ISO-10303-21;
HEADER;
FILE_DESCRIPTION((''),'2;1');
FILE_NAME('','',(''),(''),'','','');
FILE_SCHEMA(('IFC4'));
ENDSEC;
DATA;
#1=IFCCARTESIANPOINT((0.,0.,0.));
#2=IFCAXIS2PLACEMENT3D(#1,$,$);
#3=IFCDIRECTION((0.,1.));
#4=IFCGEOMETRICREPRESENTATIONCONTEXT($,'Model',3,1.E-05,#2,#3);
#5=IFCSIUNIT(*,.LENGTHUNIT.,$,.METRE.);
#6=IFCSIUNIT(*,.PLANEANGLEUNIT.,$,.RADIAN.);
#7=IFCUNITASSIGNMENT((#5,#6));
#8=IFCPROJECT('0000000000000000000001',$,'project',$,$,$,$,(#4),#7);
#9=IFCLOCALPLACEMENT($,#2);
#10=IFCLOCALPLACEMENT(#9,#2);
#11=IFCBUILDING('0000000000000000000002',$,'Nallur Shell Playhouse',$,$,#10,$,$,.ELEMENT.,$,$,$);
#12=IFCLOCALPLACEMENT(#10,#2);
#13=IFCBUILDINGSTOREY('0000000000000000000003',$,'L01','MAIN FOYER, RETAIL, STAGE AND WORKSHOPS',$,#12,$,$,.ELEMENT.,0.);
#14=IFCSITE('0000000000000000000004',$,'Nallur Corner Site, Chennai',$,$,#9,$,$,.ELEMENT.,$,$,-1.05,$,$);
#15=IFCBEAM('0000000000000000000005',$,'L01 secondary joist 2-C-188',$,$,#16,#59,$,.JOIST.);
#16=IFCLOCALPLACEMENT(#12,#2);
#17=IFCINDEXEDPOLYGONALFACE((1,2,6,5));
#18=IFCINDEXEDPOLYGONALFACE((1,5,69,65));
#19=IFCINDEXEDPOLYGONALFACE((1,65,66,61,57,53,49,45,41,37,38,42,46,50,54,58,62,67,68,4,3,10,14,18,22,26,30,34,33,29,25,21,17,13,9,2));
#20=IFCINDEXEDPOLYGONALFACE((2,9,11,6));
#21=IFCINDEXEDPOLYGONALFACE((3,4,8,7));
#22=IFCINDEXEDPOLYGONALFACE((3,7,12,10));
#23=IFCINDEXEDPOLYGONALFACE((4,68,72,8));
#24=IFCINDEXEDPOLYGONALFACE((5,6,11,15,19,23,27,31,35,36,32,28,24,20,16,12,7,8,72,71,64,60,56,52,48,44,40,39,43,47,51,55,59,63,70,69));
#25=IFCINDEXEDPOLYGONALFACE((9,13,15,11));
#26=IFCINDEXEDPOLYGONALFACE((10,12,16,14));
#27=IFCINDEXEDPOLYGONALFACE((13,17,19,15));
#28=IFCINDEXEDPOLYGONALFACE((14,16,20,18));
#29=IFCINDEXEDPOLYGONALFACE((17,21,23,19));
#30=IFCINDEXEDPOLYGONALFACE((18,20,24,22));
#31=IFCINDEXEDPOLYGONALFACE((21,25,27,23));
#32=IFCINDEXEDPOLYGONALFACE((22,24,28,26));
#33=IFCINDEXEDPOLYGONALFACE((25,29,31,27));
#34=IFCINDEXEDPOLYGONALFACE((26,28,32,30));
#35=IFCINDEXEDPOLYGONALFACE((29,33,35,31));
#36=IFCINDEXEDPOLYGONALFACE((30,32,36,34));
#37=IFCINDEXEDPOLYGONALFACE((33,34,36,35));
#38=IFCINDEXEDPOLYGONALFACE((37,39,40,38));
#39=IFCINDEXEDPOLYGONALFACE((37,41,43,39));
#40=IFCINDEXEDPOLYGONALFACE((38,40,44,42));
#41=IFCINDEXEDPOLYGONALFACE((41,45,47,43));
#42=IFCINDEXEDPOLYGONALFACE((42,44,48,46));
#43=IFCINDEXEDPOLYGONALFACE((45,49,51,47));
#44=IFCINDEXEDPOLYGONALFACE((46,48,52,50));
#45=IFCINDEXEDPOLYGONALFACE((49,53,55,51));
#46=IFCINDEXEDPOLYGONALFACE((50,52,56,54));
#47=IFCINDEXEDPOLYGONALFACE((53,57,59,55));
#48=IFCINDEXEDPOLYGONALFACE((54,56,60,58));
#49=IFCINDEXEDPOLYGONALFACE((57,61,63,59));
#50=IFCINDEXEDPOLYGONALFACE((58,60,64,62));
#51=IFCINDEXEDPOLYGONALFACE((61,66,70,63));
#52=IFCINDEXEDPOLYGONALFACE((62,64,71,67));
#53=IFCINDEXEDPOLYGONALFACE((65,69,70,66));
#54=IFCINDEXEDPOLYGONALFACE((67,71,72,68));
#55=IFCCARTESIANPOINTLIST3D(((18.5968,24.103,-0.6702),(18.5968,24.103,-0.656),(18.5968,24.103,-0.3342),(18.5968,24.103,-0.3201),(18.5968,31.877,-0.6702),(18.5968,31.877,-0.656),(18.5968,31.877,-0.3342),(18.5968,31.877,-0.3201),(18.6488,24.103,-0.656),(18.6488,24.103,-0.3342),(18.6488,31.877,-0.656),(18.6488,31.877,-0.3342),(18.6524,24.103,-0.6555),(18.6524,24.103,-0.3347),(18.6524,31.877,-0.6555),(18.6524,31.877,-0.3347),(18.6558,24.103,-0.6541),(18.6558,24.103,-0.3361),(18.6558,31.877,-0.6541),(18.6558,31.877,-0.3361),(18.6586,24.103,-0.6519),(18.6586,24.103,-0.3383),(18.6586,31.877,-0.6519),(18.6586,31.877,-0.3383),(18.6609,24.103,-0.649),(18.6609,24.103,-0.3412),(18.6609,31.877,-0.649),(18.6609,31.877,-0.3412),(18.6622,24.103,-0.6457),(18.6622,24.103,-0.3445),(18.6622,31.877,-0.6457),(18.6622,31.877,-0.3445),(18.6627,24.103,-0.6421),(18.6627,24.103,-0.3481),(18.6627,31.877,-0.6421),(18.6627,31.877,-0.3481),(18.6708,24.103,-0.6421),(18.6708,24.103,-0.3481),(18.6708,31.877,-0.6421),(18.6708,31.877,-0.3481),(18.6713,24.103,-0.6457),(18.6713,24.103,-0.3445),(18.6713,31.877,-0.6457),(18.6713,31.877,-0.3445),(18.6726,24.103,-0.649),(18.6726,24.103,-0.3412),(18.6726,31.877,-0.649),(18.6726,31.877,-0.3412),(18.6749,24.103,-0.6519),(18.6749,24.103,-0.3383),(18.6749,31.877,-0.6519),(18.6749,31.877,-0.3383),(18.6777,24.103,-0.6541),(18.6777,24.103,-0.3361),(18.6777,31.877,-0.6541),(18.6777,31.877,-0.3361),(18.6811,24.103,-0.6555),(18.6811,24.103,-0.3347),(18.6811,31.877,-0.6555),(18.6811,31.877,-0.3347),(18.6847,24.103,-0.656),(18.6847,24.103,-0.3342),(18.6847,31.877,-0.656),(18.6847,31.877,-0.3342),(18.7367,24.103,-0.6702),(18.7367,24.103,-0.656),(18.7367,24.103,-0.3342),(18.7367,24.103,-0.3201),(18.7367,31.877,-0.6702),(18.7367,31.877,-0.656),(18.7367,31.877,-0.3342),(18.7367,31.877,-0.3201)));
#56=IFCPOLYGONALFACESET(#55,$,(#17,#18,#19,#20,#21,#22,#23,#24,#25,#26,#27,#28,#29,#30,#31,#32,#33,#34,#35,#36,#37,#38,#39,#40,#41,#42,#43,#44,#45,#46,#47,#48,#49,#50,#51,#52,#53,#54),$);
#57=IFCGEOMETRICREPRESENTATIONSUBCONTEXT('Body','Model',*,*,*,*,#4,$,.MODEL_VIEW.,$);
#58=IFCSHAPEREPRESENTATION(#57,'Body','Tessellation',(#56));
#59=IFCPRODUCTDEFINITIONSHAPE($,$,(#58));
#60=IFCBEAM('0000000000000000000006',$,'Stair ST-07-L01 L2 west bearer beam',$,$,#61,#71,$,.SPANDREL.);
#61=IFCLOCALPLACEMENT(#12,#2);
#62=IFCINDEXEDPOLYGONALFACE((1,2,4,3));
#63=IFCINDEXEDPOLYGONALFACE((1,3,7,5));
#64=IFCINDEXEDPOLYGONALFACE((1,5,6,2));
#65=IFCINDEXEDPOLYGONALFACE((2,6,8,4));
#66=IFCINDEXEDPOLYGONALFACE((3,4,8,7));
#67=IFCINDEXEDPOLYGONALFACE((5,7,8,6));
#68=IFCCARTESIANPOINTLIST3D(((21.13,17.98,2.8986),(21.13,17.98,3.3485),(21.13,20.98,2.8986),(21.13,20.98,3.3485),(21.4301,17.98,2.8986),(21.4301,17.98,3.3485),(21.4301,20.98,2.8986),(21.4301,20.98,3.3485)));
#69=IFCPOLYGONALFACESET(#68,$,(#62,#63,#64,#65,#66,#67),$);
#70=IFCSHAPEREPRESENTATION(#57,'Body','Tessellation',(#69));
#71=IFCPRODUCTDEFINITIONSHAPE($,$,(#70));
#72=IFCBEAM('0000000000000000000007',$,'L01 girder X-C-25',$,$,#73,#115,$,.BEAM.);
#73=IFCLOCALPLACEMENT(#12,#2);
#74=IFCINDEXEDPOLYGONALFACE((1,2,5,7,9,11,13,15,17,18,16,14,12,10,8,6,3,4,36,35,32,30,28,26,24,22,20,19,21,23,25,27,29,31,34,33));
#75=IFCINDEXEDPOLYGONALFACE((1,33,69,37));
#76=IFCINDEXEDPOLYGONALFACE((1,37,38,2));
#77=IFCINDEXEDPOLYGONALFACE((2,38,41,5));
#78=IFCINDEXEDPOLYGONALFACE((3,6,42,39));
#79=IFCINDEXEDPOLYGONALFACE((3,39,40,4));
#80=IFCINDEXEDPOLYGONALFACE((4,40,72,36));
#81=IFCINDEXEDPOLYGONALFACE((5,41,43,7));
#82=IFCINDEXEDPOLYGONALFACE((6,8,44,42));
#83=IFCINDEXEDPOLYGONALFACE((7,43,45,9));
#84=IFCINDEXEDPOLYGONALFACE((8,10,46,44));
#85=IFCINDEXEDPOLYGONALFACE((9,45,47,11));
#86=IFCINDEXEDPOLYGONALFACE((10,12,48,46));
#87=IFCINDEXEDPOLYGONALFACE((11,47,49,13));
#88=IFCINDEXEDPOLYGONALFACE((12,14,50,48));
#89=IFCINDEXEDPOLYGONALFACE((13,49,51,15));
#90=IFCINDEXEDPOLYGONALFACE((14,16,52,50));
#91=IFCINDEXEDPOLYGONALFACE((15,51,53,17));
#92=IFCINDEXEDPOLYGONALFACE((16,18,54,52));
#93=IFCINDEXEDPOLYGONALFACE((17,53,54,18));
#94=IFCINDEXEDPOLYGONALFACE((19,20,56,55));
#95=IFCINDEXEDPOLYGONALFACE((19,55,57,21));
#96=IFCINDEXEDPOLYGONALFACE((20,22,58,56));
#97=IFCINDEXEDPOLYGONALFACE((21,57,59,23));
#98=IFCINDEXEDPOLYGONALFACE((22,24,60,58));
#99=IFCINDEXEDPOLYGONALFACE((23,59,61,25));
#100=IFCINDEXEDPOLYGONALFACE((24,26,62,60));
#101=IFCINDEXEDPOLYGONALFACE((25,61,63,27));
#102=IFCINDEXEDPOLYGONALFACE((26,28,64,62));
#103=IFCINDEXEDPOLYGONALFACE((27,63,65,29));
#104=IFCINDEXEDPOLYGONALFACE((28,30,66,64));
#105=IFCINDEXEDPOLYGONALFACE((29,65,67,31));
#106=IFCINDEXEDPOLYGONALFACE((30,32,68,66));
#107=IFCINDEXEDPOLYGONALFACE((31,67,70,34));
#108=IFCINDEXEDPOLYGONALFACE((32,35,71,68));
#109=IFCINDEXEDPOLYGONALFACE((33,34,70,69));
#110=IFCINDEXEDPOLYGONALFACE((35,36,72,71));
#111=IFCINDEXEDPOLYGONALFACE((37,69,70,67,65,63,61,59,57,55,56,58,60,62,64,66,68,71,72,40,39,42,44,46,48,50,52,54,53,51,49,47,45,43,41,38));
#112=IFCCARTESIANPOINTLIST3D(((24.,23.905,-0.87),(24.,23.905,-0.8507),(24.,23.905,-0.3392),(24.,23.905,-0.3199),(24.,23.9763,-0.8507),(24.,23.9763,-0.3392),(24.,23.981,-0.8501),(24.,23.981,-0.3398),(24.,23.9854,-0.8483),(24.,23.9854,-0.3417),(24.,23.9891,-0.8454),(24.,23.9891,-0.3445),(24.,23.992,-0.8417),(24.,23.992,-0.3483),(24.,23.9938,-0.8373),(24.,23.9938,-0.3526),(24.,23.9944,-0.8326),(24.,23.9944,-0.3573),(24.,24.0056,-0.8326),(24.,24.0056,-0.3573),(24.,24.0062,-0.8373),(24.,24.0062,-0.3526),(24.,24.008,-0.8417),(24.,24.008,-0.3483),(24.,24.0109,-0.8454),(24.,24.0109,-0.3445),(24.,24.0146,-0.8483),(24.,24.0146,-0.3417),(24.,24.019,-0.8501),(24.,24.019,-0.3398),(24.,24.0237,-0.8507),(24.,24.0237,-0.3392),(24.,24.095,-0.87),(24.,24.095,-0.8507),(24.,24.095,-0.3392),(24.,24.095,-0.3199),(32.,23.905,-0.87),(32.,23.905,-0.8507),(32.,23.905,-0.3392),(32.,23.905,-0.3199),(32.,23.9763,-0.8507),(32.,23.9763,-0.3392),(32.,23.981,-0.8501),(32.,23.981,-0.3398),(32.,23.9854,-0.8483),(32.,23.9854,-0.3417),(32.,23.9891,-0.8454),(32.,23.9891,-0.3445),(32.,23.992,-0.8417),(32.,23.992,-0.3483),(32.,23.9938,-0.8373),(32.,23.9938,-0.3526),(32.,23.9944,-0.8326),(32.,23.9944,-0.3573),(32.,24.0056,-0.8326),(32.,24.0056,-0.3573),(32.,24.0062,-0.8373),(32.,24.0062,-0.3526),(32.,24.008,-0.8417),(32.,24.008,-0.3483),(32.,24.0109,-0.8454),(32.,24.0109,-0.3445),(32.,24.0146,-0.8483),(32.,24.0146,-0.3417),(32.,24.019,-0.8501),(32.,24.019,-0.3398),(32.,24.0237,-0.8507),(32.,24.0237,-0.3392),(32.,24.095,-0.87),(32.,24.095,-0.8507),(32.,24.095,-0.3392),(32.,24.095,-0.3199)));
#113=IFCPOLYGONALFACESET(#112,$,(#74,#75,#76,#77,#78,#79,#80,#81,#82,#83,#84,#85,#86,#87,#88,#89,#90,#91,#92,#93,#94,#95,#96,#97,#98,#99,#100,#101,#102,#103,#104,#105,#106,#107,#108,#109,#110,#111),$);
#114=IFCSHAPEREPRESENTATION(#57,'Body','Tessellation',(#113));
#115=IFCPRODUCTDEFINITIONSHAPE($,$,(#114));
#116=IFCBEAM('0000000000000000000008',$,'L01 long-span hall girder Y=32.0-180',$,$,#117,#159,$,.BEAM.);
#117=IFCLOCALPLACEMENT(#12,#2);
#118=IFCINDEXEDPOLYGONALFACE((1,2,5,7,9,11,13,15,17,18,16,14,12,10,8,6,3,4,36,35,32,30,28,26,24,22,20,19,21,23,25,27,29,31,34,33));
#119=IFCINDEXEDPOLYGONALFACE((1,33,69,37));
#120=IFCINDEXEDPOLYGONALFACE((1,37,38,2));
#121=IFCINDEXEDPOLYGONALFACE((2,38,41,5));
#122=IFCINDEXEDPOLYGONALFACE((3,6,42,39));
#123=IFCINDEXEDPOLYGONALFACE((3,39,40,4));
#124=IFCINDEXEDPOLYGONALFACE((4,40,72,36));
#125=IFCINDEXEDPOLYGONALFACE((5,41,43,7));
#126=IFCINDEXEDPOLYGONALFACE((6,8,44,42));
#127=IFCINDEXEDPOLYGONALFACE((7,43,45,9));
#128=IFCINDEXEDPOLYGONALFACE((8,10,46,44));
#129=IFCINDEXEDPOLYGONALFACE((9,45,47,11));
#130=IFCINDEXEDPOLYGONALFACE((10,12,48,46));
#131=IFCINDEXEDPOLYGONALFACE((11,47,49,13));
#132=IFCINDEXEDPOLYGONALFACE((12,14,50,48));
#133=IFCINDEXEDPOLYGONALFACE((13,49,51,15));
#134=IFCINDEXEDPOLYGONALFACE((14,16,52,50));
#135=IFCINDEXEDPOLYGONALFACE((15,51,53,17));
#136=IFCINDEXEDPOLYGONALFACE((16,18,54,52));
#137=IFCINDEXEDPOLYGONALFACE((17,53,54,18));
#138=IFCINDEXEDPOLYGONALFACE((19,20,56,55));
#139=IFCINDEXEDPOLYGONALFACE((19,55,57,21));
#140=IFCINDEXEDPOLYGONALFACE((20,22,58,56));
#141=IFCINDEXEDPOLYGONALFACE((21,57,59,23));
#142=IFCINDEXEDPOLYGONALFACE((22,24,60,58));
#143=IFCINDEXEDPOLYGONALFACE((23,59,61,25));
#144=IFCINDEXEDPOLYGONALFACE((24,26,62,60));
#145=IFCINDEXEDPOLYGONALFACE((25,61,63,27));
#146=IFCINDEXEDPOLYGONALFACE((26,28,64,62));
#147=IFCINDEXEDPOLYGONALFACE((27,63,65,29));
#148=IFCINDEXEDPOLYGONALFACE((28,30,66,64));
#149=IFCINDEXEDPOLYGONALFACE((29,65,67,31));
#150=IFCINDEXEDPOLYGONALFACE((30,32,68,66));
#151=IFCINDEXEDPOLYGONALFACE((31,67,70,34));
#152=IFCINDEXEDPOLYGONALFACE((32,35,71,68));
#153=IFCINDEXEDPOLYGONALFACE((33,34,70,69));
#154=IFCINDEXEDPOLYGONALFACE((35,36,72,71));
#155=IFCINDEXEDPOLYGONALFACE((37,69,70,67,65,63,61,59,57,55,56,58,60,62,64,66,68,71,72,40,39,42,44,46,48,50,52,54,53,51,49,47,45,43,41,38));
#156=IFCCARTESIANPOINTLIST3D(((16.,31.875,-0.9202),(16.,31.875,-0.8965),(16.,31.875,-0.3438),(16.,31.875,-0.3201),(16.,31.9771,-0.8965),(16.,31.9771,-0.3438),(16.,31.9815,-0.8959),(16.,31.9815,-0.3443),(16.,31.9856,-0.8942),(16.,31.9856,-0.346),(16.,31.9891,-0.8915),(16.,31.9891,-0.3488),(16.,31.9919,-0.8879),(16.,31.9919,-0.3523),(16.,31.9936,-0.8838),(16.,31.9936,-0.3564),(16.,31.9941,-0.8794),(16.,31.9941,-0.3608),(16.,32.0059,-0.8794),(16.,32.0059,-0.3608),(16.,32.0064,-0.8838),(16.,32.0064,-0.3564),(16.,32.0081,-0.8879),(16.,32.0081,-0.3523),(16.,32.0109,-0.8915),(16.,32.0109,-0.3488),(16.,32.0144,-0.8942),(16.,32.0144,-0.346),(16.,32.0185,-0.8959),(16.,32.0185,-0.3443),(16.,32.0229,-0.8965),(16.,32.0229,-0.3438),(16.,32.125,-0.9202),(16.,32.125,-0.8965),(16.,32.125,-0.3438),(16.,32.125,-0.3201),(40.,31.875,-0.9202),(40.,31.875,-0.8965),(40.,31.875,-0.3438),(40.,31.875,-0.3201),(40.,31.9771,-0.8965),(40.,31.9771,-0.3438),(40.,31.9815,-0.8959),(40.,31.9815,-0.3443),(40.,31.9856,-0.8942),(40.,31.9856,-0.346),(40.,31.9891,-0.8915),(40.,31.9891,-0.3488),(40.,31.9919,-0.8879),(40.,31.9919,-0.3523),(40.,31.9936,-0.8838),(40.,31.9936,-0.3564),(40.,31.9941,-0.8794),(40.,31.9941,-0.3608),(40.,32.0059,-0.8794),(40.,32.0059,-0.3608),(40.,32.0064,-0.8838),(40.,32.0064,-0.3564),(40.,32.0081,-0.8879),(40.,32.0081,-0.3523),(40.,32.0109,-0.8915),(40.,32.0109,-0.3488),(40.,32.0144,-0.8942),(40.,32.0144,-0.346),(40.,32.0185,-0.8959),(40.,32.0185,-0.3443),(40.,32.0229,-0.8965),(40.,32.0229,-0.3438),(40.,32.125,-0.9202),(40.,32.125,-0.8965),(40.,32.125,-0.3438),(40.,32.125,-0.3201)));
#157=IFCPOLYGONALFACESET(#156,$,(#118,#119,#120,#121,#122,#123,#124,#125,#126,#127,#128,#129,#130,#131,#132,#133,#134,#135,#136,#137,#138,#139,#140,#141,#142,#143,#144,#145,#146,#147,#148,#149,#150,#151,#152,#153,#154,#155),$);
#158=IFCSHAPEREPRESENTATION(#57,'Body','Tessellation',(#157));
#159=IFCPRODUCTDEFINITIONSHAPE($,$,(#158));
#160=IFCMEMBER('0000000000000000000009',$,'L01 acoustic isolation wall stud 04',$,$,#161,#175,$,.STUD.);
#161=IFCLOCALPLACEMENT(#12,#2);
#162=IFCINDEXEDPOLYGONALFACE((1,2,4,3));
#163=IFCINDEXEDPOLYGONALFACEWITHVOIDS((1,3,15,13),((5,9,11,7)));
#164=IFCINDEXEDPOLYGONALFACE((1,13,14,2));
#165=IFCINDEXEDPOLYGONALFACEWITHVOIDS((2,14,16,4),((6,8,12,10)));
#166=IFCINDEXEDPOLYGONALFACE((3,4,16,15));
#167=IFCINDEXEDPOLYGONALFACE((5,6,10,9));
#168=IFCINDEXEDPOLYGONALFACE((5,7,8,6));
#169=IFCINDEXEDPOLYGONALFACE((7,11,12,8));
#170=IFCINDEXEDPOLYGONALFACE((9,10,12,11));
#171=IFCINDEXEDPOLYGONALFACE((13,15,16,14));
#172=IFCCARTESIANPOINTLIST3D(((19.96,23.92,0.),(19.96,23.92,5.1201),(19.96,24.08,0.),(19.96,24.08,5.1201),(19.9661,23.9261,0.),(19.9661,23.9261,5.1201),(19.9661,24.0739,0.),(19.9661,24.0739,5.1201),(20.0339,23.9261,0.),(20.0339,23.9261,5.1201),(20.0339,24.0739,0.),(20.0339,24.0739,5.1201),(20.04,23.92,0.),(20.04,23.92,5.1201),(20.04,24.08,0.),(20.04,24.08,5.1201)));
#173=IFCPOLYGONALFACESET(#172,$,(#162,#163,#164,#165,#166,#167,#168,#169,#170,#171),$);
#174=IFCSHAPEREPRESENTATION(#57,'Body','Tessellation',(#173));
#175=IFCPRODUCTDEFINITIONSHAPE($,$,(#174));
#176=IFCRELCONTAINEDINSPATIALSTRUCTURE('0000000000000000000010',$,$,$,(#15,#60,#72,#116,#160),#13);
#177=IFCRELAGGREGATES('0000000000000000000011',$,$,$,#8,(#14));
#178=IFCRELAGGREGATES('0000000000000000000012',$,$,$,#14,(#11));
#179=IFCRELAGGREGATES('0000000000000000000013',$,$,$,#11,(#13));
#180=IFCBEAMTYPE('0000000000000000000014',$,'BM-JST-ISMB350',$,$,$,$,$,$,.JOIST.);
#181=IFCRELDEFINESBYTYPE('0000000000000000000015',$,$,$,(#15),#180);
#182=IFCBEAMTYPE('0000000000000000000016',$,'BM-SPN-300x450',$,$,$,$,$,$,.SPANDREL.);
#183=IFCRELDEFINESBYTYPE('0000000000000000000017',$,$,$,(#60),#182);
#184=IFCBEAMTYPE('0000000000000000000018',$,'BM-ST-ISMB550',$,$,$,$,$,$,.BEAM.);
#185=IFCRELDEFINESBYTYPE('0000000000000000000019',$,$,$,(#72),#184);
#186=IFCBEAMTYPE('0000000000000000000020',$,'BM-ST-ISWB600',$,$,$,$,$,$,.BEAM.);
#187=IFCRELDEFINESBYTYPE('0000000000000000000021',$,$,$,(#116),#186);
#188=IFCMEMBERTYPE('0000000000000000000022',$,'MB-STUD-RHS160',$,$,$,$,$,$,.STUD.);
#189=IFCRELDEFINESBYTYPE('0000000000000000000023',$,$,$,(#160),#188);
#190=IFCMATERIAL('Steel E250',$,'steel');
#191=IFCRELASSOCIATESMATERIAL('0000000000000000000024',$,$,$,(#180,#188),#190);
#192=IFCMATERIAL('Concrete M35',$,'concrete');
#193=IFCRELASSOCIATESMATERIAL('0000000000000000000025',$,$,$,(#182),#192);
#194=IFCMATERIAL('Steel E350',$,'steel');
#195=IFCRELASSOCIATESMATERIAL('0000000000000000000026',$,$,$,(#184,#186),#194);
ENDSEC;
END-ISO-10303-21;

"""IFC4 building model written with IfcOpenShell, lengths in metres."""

from ifc_helpers import new_model, si_unit, direction, frame, origin, origin_2d, place, context, subcontext, project, spatial, rectangle, hollow_rectangle, i_section, extrude, material, material_profile, profile_set, type_object, element, save


model = new_model("IFC4")

# Units and contexts
model_context = context("Model", 3, precision=1e-05, world=origin(), true_north=direction((0.0, 1.0)))
body_context = subcontext(model_context, "Body", "Model", "MODEL_VIEW")
ifc_project = project(units=[si_unit("LENGTHUNIT", "METRE"), si_unit("PLANEANGLEUNIT", "RADIAN")], contexts=[model_context])

# Site, building, storey
site_placement = place(None, origin())
site = spatial("IfcSite", under=ifc_project, at=site_placement, Name="Nallur Corner Site, Chennai", CompositionType="ELEMENT", RefElevation=-1.05)
building_placement = place(site_placement, origin())
building = spatial("IfcBuilding", under=site, at=building_placement, Name="Nallur Shell Playhouse", CompositionType="ELEMENT")
storey_placement = place(building_placement, origin())
storey = spatial("IfcBuildingStorey", under=building, at=storey_placement, Name="L01", Description="MAIN FOYER, RETAIL, STAGE AND WORKSHOPS", CompositionType="ELEMENT", Elevation=0.0)

# Beams
ifc_material_1 = material(Name="Steel E250", Category="steel")
ifc_material_profile_1 = material_profile(ifc_material_1, i_section(OverallWidth=0.1399, OverallDepth=0.3501, WebThickness=0.0081, FlangeThickness=0.0142, FilletRadius=0.0139, at=origin_2d()), Name="ISMB 350")
ifc_profile_set_1 = profile_set([ifc_material_profile_1], Name="Steel E250")
beam_type_1 = type_object("IfcBeamType", Name="BM-JST-ISMB350", PredefinedType="JOIST", material=ifc_profile_set_1)
beam_1_placement = place(storey_placement, frame((18.6667, 24.103, -0.4951), z_axis=(0.0, 1.0, 0.0), x_axis=(-1.0, 0.0, 0.0)))
element("IfcBeam", 1, at=beam_1_placement, inside=storey, type_object=beam_type_1, Name="L01 secondary joist 2-C-188", PredefinedType="JOIST", context=body_context, shape_type="SweptSolid", body=[
    extrude(i_section(OverallWidth=0.1399, OverallDepth=0.3501, WebThickness=0.0081, FlangeThickness=0.0142, FilletRadius=0.0139, at=origin_2d()), origin(), (0.0, 0.0, 1.0), 7.7739),
])
ifc_material_2 = material(Name="Concrete M35", Category="concrete")
ifc_material_profile_2 = material_profile(ifc_material_2, rectangle(XDim=0.3, YDim=0.45, at=origin_2d()), Name="RC 300x450")
ifc_profile_set_2 = profile_set([ifc_material_profile_2], Name="Concrete M35")
beam_type_2 = type_object("IfcBeamType", Name="BM-SPN-300x450", PredefinedType="SPANDREL", material=ifc_profile_set_2)
beam_2_placement = place(storey_placement, frame((21.28, 17.98, 3.1235), z_axis=(0.0, 1.0, 0.0), x_axis=(-1.0, 0.0, 0.0)))
element("IfcBeam", 2, at=beam_2_placement, inside=storey, type_object=beam_type_2, Name="Stair ST-07-L01 L2 west bearer beam", PredefinedType="SPANDREL", context=body_context, shape_type="SweptSolid", body=[
    extrude(rectangle(XDim=0.3, YDim=0.45, at=origin_2d()), origin(), (0.0, 0.0, 1.0), 3.0),
])
ifc_material_3 = material(Name="Steel E350", Category="steel")
ifc_material_profile_3 = material_profile(ifc_material_3, i_section(OverallWidth=0.1899, OverallDepth=0.55, WebThickness=0.0112, FlangeThickness=0.0193, FilletRadius=0.0181, at=origin_2d()), Name="ISMB 550")
ifc_profile_set_3 = profile_set([ifc_material_profile_3], Name="Steel E350")
beam_type_3 = type_object("IfcBeamType", Name="BM-ST-ISMB550", PredefinedType="BEAM", material=ifc_profile_set_3)
beam_3_placement = place(storey_placement, frame((24.0, 24.0, -0.595), z_axis=(1.0, 0.0, 0.0), x_axis=(0.0, 1.0, 0.0)))
element("IfcBeam", 3, at=beam_3_placement, inside=storey, type_object=beam_type_3, Name="L01 girder X-C-25", PredefinedType="BEAM", context=body_context, shape_type="SweptSolid", body=[
    extrude(i_section(OverallWidth=0.1899, OverallDepth=0.55, WebThickness=0.0112, FlangeThickness=0.0193, FilletRadius=0.0181, at=origin_2d()), origin(), (0.0, 0.0, 1.0), 8.0),
])
ifc_material_profile_4 = material_profile(ifc_material_3, i_section(OverallWidth=0.25, OverallDepth=0.6001, WebThickness=0.0117, FlangeThickness=0.0237, FilletRadius=0.0171, at=origin_2d()), Name="ISWB 600")
ifc_profile_set_4 = profile_set([ifc_material_profile_4], Name="Steel E350")
beam_type_4 = type_object("IfcBeamType", Name="BM-ST-ISWB600", PredefinedType="BEAM", material=ifc_profile_set_4)
beam_4_placement = place(storey_placement, frame((16.0, 32.0, -0.6201), z_axis=(1.0, 0.0, 0.0), x_axis=(0.0, 1.0, 0.0)))
element("IfcBeam", 4, at=beam_4_placement, inside=storey, type_object=beam_type_4, Name="L01 long-span hall girder Y=32.0-180", PredefinedType="BEAM", context=body_context, shape_type="SweptSolid", body=[
    extrude(i_section(OverallWidth=0.25, OverallDepth=0.6001, WebThickness=0.0117, FlangeThickness=0.0237, FilletRadius=0.0171, at=origin_2d()), origin(), (0.0, 0.0, 1.0), 24.0),
])

# Member
ifc_material_profile_5 = material_profile(ifc_material_1, hollow_rectangle(XDim=0.0801, YDim=0.1599, WallThickness=0.0061, at=origin_2d()), Name="RHS 160x80x6")
ifc_profile_set_5 = profile_set([ifc_material_profile_5], Name="Steel E250")
member_type = type_object("IfcMemberType", Name="MB-STUD-RHS160", PredefinedType="STUD", material=ifc_profile_set_5)
for number, where, z_axis, x_axis, name in (
    (5, (20.0, 24.0, 0.0), (0.0, 0.0, 1.0), (1.0, 0.0, 0.0), "L01 acoustic isolation wall stud 04"),
):
    element("IfcMember", number, at=place(storey_placement, frame(where, z_axis=z_axis, x_axis=x_axis)), inside=storey, type_object=member_type, Name=name, PredefinedType="STUD", context=body_context, shape_type="SweptSolid", body=[
        extrude(hollow_rectangle(XDim=0.0801, YDim=0.1599, WallThickness=0.0061, at=origin_2d()), origin(), (0.0, 0.0, 1.0), 5.1201),
    ])

save(model, "model.ifc")
